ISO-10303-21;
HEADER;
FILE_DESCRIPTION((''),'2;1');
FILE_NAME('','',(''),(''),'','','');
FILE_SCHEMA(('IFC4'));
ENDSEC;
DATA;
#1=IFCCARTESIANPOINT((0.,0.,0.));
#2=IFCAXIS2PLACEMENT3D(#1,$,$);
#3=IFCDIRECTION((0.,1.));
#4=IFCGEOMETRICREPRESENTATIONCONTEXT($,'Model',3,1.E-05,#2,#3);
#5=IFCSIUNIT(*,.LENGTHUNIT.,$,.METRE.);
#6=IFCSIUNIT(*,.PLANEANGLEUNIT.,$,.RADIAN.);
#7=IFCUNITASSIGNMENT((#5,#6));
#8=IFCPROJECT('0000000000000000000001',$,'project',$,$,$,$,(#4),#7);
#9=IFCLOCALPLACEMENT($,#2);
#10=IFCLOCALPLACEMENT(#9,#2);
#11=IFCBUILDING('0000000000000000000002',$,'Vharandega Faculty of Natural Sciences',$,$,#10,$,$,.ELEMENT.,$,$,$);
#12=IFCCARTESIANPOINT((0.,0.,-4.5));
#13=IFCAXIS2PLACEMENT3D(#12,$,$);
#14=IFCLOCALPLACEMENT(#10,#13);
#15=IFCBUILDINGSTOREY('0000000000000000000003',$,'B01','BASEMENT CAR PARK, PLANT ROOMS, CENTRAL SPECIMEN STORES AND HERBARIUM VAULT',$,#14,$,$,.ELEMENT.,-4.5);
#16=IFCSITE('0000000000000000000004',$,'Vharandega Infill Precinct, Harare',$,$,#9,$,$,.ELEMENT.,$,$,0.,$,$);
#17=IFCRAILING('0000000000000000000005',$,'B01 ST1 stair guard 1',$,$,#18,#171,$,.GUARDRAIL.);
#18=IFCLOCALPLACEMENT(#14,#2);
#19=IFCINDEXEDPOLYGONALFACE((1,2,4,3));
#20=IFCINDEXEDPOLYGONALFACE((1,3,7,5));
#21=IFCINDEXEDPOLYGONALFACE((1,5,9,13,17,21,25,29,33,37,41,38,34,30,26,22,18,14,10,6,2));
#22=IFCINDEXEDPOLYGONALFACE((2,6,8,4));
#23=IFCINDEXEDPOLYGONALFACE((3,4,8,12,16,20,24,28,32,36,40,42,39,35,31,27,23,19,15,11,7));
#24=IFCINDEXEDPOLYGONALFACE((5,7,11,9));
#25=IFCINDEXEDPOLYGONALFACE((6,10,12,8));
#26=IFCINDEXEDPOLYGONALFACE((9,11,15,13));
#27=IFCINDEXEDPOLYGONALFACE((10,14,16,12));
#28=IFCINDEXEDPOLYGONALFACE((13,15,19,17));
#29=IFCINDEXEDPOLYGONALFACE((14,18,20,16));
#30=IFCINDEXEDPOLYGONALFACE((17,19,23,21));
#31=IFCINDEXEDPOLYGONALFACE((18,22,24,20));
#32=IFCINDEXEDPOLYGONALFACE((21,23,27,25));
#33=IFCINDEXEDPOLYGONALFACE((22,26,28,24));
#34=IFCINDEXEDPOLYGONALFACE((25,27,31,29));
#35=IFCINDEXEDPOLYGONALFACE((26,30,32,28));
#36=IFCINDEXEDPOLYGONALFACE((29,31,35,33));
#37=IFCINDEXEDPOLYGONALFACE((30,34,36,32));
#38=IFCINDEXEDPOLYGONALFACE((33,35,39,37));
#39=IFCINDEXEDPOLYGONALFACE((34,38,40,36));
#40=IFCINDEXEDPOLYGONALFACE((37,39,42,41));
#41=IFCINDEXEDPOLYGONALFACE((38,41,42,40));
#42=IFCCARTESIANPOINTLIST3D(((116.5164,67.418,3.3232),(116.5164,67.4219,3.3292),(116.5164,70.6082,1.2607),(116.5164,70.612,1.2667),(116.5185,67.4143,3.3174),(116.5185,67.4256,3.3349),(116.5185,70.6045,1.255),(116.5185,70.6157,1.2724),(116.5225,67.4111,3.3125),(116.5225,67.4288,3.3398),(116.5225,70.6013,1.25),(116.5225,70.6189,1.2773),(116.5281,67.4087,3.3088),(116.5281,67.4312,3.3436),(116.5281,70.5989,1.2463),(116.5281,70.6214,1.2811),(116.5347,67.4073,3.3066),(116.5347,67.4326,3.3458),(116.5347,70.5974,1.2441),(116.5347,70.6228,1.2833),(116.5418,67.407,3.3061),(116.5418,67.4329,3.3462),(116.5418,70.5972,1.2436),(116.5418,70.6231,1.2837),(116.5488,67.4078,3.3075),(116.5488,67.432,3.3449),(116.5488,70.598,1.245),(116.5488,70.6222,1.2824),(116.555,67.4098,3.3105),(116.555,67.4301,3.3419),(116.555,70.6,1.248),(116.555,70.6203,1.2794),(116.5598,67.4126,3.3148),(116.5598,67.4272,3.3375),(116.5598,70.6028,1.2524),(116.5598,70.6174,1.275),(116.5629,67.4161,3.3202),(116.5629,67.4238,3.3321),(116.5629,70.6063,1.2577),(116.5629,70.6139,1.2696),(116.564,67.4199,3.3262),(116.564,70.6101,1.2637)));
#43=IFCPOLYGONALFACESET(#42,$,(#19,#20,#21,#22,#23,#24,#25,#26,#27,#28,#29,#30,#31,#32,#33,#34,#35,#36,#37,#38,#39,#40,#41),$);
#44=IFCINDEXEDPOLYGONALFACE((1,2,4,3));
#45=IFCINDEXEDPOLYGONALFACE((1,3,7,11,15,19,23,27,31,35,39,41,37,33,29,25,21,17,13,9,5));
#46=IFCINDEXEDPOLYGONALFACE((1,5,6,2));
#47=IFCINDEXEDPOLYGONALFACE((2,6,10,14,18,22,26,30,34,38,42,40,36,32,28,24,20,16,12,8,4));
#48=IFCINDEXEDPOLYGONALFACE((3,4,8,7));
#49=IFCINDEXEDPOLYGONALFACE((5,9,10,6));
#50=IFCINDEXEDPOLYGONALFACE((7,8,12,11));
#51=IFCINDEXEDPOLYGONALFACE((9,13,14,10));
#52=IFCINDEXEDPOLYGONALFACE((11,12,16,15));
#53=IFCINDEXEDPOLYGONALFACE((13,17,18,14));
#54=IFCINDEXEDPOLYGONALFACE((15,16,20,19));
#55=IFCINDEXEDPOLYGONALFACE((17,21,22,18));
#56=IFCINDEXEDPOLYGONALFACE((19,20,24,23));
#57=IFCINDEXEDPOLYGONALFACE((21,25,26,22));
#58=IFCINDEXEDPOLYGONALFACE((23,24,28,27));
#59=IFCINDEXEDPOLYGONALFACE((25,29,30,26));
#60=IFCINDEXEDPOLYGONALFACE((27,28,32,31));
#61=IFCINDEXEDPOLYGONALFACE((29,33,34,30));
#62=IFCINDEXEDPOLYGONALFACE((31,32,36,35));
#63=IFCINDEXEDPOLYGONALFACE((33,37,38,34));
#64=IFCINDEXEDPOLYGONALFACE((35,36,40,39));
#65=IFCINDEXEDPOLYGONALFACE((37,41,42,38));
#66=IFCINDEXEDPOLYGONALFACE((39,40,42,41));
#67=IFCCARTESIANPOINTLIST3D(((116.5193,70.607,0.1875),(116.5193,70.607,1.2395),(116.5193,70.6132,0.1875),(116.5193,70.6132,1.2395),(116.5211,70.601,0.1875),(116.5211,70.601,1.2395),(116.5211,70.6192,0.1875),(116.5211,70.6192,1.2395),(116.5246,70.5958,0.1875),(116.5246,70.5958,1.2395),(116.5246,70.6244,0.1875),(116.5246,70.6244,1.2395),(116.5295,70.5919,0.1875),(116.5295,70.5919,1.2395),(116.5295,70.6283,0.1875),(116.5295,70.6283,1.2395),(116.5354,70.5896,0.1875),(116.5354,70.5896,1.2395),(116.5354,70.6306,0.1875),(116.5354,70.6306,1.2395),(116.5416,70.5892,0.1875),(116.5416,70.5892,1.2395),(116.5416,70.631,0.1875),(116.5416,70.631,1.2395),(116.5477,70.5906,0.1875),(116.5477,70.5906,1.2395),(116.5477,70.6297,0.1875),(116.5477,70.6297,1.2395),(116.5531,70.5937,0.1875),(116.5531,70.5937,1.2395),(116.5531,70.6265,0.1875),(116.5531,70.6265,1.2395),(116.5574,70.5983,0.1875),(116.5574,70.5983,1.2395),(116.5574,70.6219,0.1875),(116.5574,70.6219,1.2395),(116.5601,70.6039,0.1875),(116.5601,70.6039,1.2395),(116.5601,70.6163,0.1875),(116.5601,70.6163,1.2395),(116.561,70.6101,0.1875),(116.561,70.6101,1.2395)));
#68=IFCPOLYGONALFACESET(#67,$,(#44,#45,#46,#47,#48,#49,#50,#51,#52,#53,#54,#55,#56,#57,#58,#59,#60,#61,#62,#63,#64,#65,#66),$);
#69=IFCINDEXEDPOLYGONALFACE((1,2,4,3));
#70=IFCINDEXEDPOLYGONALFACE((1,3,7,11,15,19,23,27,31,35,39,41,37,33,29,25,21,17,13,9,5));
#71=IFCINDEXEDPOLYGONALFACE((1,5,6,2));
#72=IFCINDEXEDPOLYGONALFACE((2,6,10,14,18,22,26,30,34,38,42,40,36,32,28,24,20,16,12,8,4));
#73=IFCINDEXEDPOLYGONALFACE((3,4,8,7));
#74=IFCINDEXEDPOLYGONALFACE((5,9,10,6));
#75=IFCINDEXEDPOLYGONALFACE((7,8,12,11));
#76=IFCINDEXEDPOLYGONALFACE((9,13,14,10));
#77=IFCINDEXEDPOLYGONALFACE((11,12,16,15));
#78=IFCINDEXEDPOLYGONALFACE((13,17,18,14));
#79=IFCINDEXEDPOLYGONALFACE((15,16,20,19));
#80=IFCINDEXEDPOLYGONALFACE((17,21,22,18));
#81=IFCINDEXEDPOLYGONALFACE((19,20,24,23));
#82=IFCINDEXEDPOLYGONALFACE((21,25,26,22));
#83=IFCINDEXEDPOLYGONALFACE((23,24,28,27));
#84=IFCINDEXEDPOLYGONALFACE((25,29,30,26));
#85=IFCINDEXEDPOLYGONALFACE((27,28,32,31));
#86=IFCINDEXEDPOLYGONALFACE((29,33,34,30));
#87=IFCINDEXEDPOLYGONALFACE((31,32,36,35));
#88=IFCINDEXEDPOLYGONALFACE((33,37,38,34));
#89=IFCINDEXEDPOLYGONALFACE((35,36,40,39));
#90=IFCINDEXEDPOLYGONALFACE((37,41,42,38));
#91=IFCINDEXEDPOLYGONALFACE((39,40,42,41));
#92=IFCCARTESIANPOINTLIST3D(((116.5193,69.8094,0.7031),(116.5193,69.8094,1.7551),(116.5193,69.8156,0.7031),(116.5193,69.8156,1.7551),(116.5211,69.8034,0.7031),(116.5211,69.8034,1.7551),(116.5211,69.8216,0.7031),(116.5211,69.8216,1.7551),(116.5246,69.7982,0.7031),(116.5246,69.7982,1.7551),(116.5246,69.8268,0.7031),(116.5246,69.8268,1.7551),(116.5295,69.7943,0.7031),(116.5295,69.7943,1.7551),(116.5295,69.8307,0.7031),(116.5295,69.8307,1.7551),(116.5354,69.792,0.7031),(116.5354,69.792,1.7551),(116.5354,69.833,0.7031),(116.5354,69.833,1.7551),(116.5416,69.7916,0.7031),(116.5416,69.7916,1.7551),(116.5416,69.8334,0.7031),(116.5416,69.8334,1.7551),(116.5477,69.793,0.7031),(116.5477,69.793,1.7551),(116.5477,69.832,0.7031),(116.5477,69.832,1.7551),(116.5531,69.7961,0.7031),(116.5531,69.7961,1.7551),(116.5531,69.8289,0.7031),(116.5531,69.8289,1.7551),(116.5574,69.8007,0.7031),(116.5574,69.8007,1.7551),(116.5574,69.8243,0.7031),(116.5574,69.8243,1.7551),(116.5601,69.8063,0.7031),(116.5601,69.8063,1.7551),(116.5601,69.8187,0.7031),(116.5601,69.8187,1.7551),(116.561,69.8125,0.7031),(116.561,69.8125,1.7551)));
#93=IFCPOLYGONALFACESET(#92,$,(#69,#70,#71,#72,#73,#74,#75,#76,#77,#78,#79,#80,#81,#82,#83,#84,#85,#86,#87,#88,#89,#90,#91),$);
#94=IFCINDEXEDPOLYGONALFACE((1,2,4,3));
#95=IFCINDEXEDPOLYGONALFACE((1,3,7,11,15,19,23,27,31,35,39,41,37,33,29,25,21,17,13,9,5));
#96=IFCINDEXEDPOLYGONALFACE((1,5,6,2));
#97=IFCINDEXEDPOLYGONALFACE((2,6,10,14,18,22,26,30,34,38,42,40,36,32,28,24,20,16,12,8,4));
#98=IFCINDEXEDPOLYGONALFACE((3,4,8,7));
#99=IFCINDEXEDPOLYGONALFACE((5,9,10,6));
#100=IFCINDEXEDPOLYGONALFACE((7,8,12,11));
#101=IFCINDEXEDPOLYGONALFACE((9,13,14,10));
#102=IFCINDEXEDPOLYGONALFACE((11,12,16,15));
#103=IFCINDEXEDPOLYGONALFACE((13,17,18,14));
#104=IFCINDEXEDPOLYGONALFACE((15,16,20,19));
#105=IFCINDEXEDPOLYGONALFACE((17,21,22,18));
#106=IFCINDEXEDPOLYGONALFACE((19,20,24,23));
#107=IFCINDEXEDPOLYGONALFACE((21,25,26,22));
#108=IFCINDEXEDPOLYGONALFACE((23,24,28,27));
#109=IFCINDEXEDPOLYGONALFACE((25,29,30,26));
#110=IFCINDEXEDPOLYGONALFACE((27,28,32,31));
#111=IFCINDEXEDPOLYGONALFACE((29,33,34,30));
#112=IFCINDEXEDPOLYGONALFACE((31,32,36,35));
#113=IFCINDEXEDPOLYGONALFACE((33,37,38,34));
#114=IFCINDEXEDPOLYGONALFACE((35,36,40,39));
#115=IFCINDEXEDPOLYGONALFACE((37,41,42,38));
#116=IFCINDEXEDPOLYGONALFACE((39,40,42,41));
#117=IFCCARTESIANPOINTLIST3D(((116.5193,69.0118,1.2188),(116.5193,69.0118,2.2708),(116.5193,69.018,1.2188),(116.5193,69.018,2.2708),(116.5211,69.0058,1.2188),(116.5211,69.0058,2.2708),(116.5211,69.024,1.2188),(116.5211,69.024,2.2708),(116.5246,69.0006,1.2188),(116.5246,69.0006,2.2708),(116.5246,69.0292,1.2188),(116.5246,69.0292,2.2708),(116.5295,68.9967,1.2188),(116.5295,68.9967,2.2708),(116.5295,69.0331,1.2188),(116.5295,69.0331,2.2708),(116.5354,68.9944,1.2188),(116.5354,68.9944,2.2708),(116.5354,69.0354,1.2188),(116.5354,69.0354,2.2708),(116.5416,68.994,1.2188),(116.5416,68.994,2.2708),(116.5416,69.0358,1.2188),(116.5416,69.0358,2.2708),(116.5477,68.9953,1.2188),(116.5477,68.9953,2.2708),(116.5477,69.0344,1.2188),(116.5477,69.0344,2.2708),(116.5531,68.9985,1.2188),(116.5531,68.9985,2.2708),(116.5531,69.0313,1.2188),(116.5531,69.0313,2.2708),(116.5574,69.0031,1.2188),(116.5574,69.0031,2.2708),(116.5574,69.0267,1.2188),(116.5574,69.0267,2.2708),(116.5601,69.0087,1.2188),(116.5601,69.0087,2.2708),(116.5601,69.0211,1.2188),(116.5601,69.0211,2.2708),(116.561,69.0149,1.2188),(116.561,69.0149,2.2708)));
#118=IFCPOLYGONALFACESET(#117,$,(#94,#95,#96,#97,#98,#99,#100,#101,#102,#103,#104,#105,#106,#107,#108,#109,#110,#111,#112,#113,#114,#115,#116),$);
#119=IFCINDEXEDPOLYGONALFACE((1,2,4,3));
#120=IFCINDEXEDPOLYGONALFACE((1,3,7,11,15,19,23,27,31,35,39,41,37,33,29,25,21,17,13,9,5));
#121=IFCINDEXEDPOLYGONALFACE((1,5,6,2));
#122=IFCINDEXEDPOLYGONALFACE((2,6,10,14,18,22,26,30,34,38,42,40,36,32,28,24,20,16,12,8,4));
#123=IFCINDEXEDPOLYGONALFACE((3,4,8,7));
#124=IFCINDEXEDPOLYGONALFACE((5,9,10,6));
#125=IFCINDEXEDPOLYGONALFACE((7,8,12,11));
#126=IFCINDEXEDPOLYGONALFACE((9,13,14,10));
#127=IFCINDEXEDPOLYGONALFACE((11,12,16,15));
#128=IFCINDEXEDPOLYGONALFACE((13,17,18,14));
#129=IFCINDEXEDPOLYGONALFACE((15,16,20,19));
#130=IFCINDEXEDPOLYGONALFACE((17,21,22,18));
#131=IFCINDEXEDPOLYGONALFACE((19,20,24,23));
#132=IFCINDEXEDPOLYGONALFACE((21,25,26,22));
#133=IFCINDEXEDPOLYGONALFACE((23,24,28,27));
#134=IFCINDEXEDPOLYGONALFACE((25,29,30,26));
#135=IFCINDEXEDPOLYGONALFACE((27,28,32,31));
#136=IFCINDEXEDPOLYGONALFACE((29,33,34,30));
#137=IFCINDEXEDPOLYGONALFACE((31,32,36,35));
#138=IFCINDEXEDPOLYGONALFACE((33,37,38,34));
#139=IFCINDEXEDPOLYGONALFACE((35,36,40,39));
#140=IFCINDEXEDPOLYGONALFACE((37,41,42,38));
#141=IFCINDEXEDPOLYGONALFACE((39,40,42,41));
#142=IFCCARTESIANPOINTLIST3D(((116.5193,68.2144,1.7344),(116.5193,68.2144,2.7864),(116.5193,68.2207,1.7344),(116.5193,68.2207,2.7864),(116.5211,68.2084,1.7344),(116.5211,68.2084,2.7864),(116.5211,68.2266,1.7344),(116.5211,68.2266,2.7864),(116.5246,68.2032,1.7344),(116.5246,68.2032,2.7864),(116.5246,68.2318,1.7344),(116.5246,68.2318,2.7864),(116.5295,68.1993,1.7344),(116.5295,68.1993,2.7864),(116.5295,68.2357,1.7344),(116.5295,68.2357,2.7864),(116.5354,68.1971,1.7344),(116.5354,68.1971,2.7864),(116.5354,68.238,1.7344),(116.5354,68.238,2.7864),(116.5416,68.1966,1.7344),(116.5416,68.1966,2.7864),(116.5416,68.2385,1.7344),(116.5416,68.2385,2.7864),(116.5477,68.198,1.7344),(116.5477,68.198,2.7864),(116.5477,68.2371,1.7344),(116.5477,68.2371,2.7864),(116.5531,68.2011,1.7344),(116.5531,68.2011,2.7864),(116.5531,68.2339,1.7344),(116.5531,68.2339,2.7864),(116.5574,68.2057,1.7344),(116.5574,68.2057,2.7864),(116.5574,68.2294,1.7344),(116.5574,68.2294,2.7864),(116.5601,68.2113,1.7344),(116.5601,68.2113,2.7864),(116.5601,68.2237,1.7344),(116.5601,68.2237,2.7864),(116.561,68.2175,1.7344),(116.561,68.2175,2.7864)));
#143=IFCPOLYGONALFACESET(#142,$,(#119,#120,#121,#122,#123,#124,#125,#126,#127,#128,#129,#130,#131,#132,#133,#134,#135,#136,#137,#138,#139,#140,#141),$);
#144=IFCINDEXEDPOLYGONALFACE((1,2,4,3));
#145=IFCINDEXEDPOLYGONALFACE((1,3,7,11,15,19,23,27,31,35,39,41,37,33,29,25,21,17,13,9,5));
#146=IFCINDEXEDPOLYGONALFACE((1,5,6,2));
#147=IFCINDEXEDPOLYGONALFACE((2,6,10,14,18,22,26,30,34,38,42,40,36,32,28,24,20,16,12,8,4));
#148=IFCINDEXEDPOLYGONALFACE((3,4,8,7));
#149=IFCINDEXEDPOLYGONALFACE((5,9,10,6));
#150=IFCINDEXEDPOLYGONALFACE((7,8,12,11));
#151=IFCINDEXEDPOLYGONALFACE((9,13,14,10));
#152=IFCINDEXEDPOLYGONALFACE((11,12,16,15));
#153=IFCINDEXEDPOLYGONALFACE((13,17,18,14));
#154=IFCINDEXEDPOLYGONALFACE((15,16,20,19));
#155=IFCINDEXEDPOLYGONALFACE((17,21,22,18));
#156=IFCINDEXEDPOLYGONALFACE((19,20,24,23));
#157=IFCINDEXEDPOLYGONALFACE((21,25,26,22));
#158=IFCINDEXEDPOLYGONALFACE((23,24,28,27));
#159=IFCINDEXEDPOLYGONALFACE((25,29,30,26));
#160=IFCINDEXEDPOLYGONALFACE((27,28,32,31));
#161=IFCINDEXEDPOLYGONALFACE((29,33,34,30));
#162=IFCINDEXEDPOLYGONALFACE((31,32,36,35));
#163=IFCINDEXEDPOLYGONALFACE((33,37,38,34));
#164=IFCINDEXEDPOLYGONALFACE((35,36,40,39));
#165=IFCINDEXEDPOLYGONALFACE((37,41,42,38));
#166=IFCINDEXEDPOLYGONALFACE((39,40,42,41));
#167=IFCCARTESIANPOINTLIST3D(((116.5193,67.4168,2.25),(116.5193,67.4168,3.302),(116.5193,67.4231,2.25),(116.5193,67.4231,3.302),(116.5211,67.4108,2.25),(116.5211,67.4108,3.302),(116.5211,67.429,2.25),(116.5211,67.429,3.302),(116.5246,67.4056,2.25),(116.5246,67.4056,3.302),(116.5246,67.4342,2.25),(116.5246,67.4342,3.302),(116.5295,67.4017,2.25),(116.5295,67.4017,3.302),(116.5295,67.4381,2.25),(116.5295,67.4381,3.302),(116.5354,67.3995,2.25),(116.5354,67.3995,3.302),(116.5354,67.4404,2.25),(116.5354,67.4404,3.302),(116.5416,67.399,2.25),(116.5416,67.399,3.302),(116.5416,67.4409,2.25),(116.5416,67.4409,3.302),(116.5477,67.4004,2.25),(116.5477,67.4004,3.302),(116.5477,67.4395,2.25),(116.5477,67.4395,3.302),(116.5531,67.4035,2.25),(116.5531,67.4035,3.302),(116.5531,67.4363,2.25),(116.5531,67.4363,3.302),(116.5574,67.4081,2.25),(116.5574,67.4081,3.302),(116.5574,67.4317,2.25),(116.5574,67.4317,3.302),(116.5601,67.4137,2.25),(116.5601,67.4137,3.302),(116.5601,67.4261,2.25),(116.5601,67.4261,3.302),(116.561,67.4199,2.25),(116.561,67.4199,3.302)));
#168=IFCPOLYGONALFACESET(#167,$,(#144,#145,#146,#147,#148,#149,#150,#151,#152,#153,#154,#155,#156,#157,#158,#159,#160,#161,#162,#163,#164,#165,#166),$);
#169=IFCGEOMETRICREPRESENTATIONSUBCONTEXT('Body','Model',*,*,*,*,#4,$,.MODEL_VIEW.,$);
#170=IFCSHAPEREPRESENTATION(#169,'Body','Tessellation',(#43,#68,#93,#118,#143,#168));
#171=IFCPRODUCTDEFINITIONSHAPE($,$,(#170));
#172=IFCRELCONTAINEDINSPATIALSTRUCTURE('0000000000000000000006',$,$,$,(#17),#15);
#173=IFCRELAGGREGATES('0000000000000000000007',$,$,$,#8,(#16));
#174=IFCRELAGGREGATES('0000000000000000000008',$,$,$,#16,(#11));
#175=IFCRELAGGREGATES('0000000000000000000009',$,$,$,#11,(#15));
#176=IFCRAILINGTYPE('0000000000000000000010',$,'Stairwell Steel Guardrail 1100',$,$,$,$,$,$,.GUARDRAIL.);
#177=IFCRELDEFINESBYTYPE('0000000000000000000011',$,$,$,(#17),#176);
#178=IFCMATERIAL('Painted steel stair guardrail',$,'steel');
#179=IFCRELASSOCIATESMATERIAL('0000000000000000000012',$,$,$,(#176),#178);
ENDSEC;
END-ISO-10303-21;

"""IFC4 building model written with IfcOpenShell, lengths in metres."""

from ifc_helpers import new_model, si_unit, direction, frame, origin, origin_2d, place, context, subcontext, project, spatial, circle, extrude, material, type_object, element, save


model = new_model("IFC4")

# Units and contexts
model_context = context("Model", 3, precision=1e-05, world=origin(), true_north=direction((0.0, 1.0)))
body_context = subcontext(model_context, "Body", "Model", "MODEL_VIEW")
ifc_project = project(units=[si_unit("LENGTHUNIT", "METRE"), si_unit("PLANEANGLEUNIT", "RADIAN")], contexts=[model_context])

# Site, building, storey
site_placement = place(None, origin())
site = spatial("IfcSite", under=ifc_project, at=site_placement, Name="Vharandega Infill Precinct, Harare", CompositionType="ELEMENT", RefElevation=0.0)
building_placement = place(site_placement, origin())
building = spatial("IfcBuilding", under=site, at=building_placement, Name="Vharandega Faculty of Natural Sciences", CompositionType="ELEMENT")
storey_placement = place(building_placement, frame((0.0, 0.0, -4.5)))
storey = spatial("IfcBuildingStorey", under=building, at=storey_placement, Name="B01", Description="BASEMENT CAR PARK, PLANT ROOMS, CENTRAL SPECIMEN STORES AND HERBARIUM VAULT", CompositionType="ELEMENT", Elevation=-4.5)

# Railing
ifc_material_1 = material(Name="Painted steel stair guardrail", Category="steel")
railing_type_1 = type_object("IfcRailingType", Name="Stairwell Steel Guardrail 1100", PredefinedType="GUARDRAIL", material=ifc_material_1)
railing_1_placement = place(storey_placement, frame((116.54, 70.6101, 0.1875)))
element("IfcRailing", 1, at=railing_1_placement, inside=storey, type_object=railing_type_1, Name="B01 ST1 stair guard 1", PredefinedType="GUARDRAIL", context=body_context, shape_type="SweptSolid", body=[
    extrude(circle(Radius=0.0239, at=origin_2d()), frame((0.0, 0.0, 1.0762), z_axis=(0.0, -0.839779, 0.542929), x_axis=(1.0, 0.0, 0.0)), (0.0, 0.0, 1.0), 3.7988),
    extrude(circle(Radius=0.021, at=origin_2d()), origin(), (0.0, 0.0, 1.0), 1.052),
    extrude(circle(Radius=0.021, at=origin_2d()), frame((0.0, -0.7976, 0.5156)), (0.0, 0.0, 1.0), 1.052),
    extrude(circle(Radius=0.021, at=origin_2d()), frame((0.0, -1.5952, 1.0312)), (0.0, 0.0, 1.0), 1.052),
    extrude(circle(Radius=0.021, at=origin_2d()), frame((0.0, -2.3926, 1.5469)), (0.0, 0.0, 1.0), 1.052),
    extrude(circle(Radius=0.021, at=origin_2d()), frame((0.0, -3.1902, 2.0625)), (0.0, 0.0, 1.0), 1.052),
])

save(model, "model.ifc")
